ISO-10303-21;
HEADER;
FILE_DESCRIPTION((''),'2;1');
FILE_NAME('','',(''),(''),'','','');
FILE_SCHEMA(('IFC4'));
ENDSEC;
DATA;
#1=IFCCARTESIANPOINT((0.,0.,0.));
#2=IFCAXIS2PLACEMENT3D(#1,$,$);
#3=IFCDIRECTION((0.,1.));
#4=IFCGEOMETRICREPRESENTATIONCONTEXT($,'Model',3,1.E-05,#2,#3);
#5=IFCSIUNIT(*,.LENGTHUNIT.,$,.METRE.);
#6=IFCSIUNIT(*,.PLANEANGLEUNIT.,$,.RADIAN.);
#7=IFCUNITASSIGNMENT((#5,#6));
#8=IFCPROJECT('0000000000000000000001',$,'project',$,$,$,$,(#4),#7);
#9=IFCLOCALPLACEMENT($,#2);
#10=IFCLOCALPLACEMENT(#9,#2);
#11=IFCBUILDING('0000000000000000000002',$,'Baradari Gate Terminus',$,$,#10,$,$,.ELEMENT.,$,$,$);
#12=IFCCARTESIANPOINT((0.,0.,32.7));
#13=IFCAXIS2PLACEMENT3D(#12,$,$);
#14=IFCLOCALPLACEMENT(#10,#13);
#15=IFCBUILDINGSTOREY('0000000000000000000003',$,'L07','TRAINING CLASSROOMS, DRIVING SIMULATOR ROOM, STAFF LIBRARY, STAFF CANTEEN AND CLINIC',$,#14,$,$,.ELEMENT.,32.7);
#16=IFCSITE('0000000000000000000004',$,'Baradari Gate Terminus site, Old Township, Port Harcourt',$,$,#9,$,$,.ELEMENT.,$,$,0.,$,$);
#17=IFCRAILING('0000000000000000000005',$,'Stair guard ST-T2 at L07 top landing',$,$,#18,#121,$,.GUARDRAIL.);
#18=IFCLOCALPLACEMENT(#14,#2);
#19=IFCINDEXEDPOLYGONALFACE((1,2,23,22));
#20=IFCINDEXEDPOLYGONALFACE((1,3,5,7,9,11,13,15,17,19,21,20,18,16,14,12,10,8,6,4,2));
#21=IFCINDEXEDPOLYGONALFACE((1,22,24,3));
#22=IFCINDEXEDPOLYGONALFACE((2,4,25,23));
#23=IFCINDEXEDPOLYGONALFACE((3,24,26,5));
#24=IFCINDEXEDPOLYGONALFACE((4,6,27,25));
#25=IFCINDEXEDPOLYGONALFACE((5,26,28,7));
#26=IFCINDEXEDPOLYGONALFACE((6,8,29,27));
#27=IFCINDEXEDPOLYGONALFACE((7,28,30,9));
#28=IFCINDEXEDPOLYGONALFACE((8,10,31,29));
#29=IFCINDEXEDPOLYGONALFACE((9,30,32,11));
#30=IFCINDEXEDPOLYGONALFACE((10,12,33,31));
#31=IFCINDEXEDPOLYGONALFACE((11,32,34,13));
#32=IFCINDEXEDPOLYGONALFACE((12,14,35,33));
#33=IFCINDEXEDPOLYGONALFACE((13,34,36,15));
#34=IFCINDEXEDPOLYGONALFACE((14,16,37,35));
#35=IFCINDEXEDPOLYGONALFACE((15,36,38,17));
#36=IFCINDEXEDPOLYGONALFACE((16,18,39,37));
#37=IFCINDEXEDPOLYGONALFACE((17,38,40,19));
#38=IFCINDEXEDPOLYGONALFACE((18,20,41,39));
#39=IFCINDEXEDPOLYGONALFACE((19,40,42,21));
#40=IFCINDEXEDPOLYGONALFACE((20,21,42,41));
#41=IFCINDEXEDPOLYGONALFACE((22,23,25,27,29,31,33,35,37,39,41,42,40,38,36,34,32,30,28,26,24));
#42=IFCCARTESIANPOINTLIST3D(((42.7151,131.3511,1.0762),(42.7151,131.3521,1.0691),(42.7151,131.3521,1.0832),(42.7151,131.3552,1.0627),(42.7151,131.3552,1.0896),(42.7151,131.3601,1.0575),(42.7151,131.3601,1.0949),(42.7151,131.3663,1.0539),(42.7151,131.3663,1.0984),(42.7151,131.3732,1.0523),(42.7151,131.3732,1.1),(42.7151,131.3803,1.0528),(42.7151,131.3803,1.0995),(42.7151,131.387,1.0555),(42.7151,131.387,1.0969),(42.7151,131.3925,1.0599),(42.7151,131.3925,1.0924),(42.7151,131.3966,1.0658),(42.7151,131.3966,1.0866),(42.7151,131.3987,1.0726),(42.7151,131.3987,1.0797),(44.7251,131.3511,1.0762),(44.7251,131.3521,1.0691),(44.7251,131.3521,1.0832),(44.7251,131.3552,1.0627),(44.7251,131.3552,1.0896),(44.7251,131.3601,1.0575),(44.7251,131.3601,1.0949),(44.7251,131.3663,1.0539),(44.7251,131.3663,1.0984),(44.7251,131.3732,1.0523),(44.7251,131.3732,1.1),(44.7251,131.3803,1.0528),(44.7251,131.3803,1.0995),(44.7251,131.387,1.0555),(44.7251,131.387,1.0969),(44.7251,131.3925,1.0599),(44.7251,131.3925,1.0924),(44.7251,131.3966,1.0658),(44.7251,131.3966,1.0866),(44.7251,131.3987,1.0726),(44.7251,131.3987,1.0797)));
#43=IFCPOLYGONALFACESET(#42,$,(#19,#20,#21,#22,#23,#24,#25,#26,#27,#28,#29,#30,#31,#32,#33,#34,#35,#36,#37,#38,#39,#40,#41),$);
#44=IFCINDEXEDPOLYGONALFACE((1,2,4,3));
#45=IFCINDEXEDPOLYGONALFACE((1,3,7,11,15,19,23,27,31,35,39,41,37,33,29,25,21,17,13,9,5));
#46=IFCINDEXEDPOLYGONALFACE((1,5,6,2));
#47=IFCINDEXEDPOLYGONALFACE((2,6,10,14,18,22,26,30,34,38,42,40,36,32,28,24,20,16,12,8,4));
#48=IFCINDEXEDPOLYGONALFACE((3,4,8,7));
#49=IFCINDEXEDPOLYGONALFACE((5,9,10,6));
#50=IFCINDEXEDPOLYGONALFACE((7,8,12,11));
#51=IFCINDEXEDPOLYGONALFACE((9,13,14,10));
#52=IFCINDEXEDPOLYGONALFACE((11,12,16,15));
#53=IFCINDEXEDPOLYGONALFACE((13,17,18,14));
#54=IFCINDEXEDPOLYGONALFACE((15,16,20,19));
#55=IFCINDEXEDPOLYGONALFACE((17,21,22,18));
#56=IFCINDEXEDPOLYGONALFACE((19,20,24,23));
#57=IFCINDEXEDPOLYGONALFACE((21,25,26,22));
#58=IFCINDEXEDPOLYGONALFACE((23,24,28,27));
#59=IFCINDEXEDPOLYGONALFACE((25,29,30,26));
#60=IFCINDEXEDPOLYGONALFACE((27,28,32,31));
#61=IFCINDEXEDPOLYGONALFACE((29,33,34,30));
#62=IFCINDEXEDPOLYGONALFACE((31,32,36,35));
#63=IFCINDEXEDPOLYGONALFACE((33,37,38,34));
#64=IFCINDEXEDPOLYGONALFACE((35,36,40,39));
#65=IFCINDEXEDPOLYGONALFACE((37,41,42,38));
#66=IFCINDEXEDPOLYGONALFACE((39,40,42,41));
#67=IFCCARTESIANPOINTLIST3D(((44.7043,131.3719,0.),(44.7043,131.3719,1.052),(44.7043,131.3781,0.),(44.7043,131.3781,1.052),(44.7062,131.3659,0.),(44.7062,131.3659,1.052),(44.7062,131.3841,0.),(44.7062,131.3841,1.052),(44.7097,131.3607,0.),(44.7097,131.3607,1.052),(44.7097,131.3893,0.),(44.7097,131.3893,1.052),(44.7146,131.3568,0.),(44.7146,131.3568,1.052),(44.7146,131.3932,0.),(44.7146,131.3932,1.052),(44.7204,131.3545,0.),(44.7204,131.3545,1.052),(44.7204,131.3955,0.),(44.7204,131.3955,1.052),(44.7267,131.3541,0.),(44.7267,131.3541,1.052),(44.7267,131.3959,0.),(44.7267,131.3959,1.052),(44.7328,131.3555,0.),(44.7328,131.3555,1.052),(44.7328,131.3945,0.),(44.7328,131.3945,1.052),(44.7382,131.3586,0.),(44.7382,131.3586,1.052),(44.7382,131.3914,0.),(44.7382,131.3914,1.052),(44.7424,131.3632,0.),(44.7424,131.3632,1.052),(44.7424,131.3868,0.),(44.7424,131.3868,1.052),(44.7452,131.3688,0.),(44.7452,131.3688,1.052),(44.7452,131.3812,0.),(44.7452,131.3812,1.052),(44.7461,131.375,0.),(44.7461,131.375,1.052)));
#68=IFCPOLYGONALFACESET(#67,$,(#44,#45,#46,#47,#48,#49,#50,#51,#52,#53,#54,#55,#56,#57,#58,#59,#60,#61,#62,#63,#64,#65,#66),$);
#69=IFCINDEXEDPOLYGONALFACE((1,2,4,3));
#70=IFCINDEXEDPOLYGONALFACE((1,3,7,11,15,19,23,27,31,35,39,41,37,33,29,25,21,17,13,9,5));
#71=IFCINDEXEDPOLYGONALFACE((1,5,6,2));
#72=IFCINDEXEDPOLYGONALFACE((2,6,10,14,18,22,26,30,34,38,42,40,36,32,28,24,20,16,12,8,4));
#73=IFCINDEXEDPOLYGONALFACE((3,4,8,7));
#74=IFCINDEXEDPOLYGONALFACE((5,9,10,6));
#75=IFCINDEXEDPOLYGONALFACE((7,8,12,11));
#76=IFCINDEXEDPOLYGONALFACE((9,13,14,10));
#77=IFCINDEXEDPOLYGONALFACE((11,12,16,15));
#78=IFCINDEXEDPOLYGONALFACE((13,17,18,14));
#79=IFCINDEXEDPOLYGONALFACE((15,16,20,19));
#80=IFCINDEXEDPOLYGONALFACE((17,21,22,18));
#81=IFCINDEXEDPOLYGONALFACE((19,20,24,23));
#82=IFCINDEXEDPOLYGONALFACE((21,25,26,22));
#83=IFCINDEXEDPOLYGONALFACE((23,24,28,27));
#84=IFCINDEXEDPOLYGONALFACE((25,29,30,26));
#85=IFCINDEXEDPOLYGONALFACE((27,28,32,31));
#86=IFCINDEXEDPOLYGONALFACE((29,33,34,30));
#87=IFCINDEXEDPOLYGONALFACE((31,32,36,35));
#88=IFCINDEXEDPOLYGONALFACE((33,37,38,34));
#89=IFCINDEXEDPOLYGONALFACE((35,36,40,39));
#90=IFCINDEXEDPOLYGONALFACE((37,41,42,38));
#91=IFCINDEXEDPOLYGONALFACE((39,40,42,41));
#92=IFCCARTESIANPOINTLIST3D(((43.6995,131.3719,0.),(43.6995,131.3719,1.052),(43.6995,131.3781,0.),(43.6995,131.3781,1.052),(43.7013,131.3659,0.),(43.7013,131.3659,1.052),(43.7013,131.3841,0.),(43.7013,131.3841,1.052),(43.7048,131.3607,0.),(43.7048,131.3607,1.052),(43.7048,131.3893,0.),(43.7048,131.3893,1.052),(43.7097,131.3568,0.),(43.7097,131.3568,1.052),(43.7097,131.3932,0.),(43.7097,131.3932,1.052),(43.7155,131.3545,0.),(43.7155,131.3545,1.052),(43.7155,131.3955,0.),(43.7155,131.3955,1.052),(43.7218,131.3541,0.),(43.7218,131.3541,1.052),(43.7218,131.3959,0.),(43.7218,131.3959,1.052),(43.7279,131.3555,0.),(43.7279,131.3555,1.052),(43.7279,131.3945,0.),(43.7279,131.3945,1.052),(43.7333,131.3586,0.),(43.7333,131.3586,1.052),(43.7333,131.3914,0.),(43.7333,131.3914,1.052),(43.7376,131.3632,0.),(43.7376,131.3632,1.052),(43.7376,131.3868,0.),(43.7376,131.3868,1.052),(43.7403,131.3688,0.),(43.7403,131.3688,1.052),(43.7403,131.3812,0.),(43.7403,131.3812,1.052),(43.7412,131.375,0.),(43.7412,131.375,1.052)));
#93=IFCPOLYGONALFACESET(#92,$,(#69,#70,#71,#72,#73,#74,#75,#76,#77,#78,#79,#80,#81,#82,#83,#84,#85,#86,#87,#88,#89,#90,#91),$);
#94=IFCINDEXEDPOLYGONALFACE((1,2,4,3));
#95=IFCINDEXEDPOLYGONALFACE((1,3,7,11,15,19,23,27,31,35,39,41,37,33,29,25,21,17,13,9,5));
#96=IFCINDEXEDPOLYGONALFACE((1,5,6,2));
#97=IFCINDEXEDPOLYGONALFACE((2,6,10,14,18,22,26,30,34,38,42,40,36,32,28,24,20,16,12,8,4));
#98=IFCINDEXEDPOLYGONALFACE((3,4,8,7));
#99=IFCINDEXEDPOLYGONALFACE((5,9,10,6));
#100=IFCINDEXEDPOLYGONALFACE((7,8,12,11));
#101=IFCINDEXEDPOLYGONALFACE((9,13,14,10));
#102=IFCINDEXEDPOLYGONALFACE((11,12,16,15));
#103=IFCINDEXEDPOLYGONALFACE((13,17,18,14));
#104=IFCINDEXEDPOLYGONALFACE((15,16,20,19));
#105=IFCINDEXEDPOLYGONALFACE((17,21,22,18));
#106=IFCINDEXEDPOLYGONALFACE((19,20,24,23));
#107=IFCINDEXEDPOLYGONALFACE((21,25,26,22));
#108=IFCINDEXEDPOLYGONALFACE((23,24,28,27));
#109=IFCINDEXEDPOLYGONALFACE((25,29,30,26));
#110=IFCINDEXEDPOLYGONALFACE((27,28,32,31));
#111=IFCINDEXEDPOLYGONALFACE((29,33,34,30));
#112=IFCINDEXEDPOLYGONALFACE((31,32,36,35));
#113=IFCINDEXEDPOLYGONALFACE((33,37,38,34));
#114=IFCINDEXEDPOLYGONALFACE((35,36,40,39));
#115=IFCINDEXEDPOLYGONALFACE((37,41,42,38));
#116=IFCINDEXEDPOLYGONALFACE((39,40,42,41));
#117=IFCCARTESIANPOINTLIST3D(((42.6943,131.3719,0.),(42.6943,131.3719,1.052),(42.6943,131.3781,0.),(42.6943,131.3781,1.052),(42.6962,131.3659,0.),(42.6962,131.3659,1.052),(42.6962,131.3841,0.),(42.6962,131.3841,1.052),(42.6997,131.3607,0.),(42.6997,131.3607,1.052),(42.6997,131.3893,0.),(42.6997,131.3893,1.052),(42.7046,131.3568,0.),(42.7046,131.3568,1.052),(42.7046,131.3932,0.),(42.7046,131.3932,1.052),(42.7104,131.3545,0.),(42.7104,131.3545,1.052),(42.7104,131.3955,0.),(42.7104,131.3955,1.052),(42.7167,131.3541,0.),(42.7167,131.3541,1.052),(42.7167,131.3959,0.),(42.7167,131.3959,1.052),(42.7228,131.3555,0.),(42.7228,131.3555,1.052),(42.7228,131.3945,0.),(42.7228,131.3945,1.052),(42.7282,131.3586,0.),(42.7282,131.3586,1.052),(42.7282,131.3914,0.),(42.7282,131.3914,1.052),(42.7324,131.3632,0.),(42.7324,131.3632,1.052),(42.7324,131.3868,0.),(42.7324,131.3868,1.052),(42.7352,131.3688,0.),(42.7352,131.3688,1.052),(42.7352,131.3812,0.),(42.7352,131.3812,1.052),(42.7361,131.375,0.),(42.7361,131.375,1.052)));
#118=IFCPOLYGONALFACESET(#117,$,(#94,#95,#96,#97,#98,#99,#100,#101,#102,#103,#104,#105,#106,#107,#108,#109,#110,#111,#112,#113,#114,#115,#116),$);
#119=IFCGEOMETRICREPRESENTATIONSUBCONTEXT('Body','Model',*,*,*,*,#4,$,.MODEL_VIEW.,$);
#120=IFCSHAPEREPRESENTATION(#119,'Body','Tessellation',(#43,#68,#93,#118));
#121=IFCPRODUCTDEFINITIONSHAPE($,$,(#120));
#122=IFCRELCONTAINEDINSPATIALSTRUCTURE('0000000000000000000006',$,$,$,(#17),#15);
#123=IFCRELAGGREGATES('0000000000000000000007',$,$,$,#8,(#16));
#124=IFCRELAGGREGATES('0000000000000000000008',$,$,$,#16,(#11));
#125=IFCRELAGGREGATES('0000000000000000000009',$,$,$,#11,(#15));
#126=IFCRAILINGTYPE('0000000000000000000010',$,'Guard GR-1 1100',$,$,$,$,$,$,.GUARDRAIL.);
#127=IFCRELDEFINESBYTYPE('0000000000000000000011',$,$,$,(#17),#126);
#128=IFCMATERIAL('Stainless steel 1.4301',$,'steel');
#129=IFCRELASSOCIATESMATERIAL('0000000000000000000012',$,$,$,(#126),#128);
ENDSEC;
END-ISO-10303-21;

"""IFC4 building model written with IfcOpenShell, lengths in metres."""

from ifc_helpers import new_model, si_unit, direction, frame, origin, origin_2d, place, context, subcontext, project, spatial, circle, extrude, material, type_object, element, save


model = new_model("IFC4")

# Units and contexts
model_context = context("Model", 3, precision=1e-05, world=origin(), true_north=direction((0.0, 1.0)))
body_context = subcontext(model_context, "Body", "Model", "MODEL_VIEW")
ifc_project = project(units=[si_unit("LENGTHUNIT", "METRE"), si_unit("PLANEANGLEUNIT", "RADIAN")], contexts=[model_context])

# Site, building, storey
site_placement = place(None, origin())
site = spatial("IfcSite", under=ifc_project, at=site_placement, Name="Baradari Gate Terminus site, Old Township, Port Harcourt", CompositionType="ELEMENT", RefElevation=0.0)
building_placement = place(site_placement, origin())
building = spatial("IfcBuilding", under=site, at=building_placement, Name="Baradari Gate Terminus", CompositionType="ELEMENT")
storey_placement = place(building_placement, frame((0.0, 0.0, 32.7)))
storey = spatial("IfcBuildingStorey", under=building, at=storey_placement, Name="L07", Description="TRAINING CLASSROOMS, DRIVING SIMULATOR ROOM, STAFF LIBRARY, STAFF CANTEEN AND CLINIC", CompositionType="ELEMENT", Elevation=32.7)

# Railing
ifc_material_1 = material(Name="Stainless steel 1.4301", Category="steel")
railing_type = type_object("IfcRailingType", Name="Guard GR-1 1100", PredefinedType="GUARDRAIL", material=ifc_material_1)
railing_placement = place(storey_placement, frame((44.7251, 131.375, 0.0)))
element("IfcRailing", 1, at=railing_placement, inside=storey, type_object=railing_type, Name="Stair guard ST-T2 at L07 top landing", PredefinedType="GUARDRAIL", context=body_context, shape_type="SweptSolid", body=[
    extrude(circle(Radius=0.0239, at=origin_2d()), frame((0.0, 0.0, 1.0762), z_axis=(-1.0, 0.0, 0.0), x_axis=(0.0, -1.0, 0.0)), (0.0, 0.0, 1.0), 2.01),
    extrude(circle(Radius=0.021, at=origin_2d()), origin(), (0.0, 0.0, 1.0), 1.052),
    extrude(circle(Radius=0.021, at=origin_2d()), frame((-1.0049, 0.0, 0.0)), (0.0, 0.0, 1.0), 1.052),
    extrude(circle(Radius=0.021, at=origin_2d()), frame((-2.01, 0.0, 0.0)), (0.0, 0.0, 1.0), 1.052),
])

save(model, "model.ifc")
